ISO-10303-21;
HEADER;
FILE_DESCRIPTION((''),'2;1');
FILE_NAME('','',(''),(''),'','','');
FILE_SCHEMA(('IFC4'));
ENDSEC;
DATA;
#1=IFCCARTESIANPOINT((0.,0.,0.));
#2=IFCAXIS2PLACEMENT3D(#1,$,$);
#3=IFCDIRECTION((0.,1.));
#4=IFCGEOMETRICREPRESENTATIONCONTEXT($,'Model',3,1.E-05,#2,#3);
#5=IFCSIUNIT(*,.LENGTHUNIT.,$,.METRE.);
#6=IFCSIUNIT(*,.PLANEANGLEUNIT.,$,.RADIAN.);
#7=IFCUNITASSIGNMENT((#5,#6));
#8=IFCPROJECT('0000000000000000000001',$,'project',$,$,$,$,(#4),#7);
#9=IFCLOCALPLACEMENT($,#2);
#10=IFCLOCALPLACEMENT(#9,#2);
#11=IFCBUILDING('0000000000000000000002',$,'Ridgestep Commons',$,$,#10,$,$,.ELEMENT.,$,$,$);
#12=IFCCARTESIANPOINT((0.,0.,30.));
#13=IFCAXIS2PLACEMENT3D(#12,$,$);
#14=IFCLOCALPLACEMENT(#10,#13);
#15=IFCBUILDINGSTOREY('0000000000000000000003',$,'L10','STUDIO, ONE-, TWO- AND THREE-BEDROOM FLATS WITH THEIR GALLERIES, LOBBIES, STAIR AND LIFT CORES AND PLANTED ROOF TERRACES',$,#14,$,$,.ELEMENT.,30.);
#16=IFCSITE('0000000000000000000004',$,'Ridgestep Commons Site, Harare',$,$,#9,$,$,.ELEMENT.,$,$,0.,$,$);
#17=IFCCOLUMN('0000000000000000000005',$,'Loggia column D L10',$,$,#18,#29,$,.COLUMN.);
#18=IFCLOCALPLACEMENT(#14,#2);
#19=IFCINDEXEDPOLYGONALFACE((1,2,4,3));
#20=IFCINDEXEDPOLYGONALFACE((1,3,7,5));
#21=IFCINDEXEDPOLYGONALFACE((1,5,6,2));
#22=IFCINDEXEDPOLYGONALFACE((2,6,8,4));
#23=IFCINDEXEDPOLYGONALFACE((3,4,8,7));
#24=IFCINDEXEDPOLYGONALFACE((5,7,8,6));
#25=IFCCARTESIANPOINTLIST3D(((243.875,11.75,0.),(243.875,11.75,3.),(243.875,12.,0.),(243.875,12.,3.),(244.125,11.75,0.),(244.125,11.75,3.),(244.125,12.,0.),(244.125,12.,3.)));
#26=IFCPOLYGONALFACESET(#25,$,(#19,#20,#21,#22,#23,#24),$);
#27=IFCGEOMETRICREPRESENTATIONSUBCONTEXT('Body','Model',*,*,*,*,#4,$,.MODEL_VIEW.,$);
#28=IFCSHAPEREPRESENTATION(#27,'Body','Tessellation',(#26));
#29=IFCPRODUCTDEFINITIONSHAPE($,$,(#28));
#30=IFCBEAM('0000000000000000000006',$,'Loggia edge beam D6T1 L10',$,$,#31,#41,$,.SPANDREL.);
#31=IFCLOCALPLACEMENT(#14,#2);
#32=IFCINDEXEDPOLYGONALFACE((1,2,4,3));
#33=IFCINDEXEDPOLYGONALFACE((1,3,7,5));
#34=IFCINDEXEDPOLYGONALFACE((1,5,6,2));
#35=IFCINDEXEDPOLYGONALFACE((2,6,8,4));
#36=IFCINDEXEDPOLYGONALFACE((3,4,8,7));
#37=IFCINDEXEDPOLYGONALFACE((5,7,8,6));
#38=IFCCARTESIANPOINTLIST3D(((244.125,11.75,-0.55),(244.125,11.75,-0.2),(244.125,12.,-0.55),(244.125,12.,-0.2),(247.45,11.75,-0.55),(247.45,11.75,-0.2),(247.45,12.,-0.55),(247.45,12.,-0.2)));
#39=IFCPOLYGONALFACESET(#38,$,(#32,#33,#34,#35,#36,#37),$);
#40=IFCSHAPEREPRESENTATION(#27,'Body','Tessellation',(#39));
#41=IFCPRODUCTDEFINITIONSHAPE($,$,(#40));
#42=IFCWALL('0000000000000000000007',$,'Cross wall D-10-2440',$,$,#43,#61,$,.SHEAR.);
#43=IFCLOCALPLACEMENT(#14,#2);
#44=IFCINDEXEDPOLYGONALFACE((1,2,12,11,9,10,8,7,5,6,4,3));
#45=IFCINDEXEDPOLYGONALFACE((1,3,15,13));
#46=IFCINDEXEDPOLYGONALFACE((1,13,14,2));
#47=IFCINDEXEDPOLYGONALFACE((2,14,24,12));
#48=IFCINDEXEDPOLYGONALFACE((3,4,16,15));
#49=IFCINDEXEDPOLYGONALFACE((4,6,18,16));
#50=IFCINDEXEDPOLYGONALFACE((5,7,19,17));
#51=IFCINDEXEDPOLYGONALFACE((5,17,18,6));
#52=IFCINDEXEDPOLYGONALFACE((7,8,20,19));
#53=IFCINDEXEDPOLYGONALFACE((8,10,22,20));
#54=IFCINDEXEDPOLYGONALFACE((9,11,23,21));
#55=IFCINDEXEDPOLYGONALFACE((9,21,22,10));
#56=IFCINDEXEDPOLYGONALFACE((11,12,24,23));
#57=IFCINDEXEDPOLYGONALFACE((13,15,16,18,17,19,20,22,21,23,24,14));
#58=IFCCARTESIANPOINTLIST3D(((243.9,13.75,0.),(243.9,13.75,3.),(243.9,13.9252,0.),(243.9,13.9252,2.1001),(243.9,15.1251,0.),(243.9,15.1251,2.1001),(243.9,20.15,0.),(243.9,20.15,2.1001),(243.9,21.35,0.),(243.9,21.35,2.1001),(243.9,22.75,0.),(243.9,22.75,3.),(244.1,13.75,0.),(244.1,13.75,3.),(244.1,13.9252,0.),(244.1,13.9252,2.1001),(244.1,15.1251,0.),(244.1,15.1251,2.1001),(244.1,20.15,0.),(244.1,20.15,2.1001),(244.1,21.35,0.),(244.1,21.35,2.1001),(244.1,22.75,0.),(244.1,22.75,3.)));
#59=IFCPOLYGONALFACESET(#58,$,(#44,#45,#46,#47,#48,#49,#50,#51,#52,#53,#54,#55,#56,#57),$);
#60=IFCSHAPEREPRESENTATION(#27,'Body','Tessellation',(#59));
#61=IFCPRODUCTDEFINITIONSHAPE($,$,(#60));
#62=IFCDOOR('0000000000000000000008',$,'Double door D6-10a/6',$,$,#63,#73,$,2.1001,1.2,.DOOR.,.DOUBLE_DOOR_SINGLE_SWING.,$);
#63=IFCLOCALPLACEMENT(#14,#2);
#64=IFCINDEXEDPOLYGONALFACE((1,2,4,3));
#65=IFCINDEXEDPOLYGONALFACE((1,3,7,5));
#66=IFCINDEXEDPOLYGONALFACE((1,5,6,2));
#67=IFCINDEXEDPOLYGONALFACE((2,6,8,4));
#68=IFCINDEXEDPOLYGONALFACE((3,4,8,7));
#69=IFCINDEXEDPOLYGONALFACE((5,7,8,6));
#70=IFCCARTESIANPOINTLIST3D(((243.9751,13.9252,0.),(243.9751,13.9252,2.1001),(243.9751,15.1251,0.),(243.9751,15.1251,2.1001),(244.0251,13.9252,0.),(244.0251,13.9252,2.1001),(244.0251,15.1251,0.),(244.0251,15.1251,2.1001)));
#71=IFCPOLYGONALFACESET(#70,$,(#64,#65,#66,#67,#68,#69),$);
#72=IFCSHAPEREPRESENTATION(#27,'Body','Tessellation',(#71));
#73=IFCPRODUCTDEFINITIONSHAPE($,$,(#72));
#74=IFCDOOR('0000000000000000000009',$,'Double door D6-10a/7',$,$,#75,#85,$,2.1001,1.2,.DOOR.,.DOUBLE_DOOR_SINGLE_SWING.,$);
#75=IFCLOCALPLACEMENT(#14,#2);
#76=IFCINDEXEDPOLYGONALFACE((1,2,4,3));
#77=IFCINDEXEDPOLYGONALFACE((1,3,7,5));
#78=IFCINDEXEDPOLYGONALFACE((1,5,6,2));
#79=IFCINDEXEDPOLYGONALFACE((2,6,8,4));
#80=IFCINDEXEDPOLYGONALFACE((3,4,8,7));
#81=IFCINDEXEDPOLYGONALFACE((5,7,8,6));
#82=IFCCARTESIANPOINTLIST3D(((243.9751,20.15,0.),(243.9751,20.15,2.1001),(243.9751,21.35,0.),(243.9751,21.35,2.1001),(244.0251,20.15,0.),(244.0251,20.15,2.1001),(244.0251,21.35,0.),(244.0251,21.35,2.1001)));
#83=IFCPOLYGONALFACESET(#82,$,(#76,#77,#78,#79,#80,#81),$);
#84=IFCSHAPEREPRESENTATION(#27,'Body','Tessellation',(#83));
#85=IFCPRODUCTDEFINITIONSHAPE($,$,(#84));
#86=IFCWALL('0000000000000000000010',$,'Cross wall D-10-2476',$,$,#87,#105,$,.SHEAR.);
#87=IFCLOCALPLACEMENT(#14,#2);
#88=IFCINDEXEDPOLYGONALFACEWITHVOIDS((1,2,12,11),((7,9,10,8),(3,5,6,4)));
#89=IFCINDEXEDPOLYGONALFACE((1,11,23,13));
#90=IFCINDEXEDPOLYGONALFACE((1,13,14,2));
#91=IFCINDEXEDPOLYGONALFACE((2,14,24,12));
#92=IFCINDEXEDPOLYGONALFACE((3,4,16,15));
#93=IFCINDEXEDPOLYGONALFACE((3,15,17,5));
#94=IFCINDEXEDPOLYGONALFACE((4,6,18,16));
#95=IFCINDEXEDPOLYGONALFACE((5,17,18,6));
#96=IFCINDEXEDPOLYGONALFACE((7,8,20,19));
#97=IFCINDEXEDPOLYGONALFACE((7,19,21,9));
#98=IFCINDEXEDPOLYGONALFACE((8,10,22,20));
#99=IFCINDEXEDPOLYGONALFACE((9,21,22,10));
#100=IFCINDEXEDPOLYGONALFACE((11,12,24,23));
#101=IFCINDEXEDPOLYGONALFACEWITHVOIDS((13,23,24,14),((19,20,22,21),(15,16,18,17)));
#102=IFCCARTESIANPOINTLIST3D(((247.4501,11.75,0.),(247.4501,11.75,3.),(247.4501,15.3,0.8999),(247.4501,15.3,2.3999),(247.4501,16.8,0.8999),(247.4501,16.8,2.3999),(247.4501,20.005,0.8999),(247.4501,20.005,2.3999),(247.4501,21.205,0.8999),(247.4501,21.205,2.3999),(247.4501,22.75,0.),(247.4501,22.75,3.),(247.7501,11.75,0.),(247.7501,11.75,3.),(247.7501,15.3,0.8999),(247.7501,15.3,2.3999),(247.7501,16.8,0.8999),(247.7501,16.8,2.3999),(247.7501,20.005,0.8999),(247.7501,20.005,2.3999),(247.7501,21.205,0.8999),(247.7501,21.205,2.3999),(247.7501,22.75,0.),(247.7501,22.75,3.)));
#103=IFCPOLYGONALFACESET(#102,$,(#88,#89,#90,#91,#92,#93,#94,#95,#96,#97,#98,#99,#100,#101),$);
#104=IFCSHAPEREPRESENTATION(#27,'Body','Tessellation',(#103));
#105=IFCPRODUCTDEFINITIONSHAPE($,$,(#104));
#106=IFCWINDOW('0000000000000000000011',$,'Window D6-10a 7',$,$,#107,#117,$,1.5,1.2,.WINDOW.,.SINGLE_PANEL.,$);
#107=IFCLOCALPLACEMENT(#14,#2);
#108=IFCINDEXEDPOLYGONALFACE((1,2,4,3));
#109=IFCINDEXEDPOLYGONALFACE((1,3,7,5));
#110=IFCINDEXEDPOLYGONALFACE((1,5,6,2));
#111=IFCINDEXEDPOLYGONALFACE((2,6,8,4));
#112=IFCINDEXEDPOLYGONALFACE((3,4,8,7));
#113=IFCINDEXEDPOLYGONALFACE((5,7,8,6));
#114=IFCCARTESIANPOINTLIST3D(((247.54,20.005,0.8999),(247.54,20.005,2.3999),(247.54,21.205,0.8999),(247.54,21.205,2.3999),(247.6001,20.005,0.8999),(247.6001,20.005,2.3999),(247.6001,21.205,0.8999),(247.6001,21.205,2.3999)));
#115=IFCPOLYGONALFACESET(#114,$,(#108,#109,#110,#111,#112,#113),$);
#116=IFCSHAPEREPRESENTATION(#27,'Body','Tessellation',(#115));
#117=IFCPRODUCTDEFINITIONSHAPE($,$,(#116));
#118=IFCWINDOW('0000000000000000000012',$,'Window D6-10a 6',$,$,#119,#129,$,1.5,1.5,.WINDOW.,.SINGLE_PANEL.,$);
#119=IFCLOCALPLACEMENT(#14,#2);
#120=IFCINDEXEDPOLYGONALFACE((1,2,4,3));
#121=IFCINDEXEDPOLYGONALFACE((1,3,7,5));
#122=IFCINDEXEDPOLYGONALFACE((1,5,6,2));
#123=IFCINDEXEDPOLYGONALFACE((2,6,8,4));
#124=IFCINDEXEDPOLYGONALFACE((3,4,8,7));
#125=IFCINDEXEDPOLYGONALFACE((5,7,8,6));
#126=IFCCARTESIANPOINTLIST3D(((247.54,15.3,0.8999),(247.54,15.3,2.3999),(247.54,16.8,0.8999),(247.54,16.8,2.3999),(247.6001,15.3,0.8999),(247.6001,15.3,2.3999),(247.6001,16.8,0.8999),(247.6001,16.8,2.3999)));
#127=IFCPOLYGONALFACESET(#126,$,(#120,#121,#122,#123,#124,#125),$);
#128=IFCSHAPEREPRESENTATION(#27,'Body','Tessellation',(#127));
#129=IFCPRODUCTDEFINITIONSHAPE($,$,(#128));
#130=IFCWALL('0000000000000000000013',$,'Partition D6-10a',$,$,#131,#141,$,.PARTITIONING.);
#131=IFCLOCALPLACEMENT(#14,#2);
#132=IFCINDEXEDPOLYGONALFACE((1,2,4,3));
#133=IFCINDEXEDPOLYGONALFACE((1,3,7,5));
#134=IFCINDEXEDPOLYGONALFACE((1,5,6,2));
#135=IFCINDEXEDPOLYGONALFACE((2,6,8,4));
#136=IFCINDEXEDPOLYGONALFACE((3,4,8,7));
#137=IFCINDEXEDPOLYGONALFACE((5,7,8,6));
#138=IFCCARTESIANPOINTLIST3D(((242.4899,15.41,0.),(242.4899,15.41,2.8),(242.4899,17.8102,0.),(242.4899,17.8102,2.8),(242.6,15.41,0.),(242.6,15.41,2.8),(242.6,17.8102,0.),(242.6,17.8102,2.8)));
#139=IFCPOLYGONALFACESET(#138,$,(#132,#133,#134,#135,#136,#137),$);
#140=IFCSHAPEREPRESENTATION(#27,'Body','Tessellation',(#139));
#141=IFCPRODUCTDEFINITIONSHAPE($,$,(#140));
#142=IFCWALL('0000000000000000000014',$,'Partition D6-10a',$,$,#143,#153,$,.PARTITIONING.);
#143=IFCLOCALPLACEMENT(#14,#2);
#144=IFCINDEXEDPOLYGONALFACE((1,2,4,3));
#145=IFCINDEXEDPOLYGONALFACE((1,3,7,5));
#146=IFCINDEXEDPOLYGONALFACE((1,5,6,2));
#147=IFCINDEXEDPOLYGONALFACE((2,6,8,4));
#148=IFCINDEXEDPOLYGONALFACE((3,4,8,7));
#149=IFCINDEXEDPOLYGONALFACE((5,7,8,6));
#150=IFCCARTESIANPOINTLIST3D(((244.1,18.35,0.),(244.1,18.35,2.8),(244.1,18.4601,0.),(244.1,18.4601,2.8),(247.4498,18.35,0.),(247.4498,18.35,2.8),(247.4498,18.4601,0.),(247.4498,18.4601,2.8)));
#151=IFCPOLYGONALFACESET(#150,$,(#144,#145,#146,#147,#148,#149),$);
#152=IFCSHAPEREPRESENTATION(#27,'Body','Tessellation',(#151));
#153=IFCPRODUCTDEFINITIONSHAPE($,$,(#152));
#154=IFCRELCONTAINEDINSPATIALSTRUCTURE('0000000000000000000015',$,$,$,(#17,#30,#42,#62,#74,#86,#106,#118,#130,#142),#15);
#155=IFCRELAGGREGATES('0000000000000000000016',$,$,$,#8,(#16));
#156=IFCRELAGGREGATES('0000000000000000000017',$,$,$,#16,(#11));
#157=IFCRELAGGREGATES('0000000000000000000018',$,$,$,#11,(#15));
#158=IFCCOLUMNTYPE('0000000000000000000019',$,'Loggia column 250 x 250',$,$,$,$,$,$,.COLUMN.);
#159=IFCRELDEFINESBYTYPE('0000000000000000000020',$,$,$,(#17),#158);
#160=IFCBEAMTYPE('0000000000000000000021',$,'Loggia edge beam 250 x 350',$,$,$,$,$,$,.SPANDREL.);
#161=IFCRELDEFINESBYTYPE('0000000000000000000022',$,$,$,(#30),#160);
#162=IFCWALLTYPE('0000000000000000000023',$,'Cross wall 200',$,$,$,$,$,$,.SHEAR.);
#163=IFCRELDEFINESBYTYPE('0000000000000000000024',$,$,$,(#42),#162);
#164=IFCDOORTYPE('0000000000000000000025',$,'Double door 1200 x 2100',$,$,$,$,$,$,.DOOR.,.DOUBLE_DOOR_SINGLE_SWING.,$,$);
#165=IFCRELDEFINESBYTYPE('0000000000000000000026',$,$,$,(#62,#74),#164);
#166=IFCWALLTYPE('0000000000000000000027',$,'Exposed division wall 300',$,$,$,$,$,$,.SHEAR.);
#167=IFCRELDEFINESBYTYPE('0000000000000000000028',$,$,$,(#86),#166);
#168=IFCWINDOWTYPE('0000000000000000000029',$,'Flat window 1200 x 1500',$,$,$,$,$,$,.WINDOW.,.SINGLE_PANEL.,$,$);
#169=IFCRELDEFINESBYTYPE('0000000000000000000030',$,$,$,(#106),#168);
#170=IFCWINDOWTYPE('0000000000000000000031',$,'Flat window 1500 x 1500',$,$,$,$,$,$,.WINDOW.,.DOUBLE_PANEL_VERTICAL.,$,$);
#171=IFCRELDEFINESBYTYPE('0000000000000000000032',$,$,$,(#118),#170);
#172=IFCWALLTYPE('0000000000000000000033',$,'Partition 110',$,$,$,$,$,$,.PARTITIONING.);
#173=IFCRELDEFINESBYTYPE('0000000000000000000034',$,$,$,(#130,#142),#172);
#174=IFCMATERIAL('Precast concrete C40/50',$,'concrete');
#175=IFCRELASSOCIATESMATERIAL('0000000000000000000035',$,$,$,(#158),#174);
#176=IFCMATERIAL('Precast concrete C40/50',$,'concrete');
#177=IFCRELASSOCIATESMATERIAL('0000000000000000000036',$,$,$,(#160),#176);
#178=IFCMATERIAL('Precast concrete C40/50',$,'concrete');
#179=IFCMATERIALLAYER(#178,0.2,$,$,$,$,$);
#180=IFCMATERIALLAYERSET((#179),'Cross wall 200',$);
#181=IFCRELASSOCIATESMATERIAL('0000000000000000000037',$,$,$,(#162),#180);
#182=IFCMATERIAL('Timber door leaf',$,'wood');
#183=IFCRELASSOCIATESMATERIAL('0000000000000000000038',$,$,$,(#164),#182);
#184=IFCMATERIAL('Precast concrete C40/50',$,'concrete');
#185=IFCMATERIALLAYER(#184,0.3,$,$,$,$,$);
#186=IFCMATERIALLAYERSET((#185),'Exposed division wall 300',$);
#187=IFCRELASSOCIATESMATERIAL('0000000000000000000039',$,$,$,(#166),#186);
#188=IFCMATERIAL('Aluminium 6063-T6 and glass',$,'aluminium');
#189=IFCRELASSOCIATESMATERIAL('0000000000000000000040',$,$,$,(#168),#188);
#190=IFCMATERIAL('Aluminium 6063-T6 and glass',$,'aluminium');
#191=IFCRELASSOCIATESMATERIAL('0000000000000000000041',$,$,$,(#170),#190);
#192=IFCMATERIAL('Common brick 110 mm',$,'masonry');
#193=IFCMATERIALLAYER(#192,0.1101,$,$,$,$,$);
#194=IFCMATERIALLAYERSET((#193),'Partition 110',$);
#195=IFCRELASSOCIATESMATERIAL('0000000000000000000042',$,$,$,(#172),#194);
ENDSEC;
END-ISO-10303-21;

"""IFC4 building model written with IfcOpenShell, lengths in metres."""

from ifc_helpers import new_model, si_unit, direction, frame, frame_2d, origin, origin_2d, place, context, subcontext, project, spatial, rectangle, extrude, material, layer, layer_set, material_profile, profile_set, type_object, element, fill, save


model = new_model("IFC4")

# Units and contexts
model_context = context("Model", 3, precision=1e-05, world=origin(), true_north=direction((0.0, 1.0)))
body_context = subcontext(model_context, "Body", "Model", "MODEL_VIEW")
ifc_project = project(units=[si_unit("LENGTHUNIT", "METRE"), si_unit("PLANEANGLEUNIT", "RADIAN")], contexts=[model_context])

# Site, building, storey
site_placement = place(None, origin())
site = spatial("IfcSite", under=ifc_project, at=site_placement, Name="Ridgestep Commons Site, Harare", CompositionType="ELEMENT", RefElevation=0.0)
building_placement = place(site_placement, origin())
building = spatial("IfcBuilding", under=site, at=building_placement, Name="Ridgestep Commons", CompositionType="ELEMENT")
storey_placement = place(building_placement, frame((0.0, 0.0, 30.0)))
storey = spatial("IfcBuildingStorey", under=building, at=storey_placement, Name="L10", Description="STUDIO, ONE-, TWO- AND THREE-BEDROOM FLATS WITH THEIR GALLERIES, LOBBIES, STAIR AND LIFT CORES AND PLANTED ROOF TERRACES", CompositionType="ELEMENT", Elevation=30.0)

# Column
ifc_material_1 = material(Name="Precast concrete C40/50", Category="concrete")
ifc_material_profile_1 = material_profile(ifc_material_1, rectangle(XDim=0.25, YDim=0.25, at=origin_2d()), Name="PC 250x250")
ifc_profile_set_1 = profile_set([ifc_material_profile_1], Name="Precast concrete C40/50")
column_type = type_object("IfcColumnType", Name="Loggia column 250 x 250", PredefinedType="COLUMN", material=ifc_profile_set_1)
column_placement = place(storey_placement, frame((244.0, 11.875, 0.0), z_axis=(0.0, 0.0, 1.0), x_axis=(1.0, 0.0, 0.0)))
element("IfcColumn", 1, at=column_placement, inside=storey, type_object=column_type, Name="Loggia column D L10", PredefinedType="COLUMN", context=body_context, shape_type="SweptSolid", body=[
    extrude(rectangle(XDim=0.25, YDim=0.25, at=origin_2d()), origin(), (0.0, 0.0, 1.0), 3.0),
])

# Beam
ifc_material_2 = material(Name="Precast concrete C40/50", Category="concrete")
ifc_material_profile_2 = material_profile(ifc_material_2, rectangle(XDim=0.25, YDim=0.3501, at=origin_2d()), Name="PC 250x350")
ifc_profile_set_2 = profile_set([ifc_material_profile_2], Name="Precast concrete C40/50")
beam_type = type_object("IfcBeamType", Name="Loggia edge beam 250 x 350", PredefinedType="SPANDREL", material=ifc_profile_set_2)
beam_placement = place(storey_placement, frame((244.125, 11.875, -0.375), z_axis=(1.0, 0.0, 0.0), x_axis=(0.0, 1.0, 0.0)))
element("IfcBeam", 2, at=beam_placement, inside=storey, type_object=beam_type, Name="Loggia edge beam D6T1 L10", PredefinedType="SPANDREL", context=body_context, shape_type="SweptSolid", body=[
    extrude(rectangle(XDim=0.25, YDim=0.3501, at=origin_2d()), origin(), (0.0, 0.0, 1.0), 3.325),
])

# Wall, openings, doors
ifc_material_3 = material(Name="Precast concrete C40/50", Category="concrete")
ifc_layer_1 = layer(ifc_material_3, 0.2)
ifc_layer_set_1 = layer_set([ifc_layer_1], Name="Cross wall 200")
wall_type_1 = type_object("IfcWallType", Name="Cross wall 200", PredefinedType="SHEAR", material=ifc_layer_set_1)
wall_1_placement = place(storey_placement, frame((244.0, 13.75, 0.0), z_axis=(0.0, 0.0, 1.0), x_axis=(0.0, 1.0, 0.0)))
wall_1 = element("IfcWall", 3, at=wall_1_placement, inside=storey, type_object=wall_type_1, Name="Cross wall D-10-2440", PredefinedType="SHEAR", context=body_context, shape_type="SweptSolid", body=[
    extrude(rectangle(XDim=9.0, YDim=0.2, at=frame_2d((4.5, 0.0))), origin(), (0.0, 0.0, 1.0), 3.0),
])
opening_1_placement = place(wall_1_placement, frame((0.175, 0.0, 0.0)))
opening_1 = element("IfcOpeningElement", 4, at=opening_1_placement, cuts=wall_1, PredefinedType="OPENING", context=body_context, shape_type="SweptSolid", body=[
    extrude(rectangle(XDim=1.2, YDim=2.1001, at=frame_2d((0.6001, 1.05))), frame((0.0, 0.1099, 0.0), z_axis=(0.0, -1.0, 0.0), x_axis=(1.0, 0.0, 0.0)), (0.0, 0.0, 1.0), 0.22),
])
opening_2_placement = place(wall_1_placement, frame((6.3999, 0.0, 0.0)))
opening_2 = element("IfcOpeningElement", 5, at=opening_2_placement, cuts=wall_1, PredefinedType="OPENING", context=body_context, shape_type="SweptSolid", body=[
    extrude(rectangle(XDim=1.2, YDim=2.1001, at=frame_2d((0.6001, 1.05))), frame((0.0, 0.1099, 0.0), z_axis=(0.0, -1.0, 0.0), x_axis=(1.0, 0.0, 0.0)), (0.0, 0.0, 1.0), 0.22),
])
ifc_material_4 = material(Name="Timber door leaf", Category="wood")
door_type = type_object("IfcDoorType", Name="Double door 1200 x 2100", OperationType="DOUBLE_DOOR_SINGLE_SWING", PredefinedType="DOOR", material=ifc_material_4)
door_1_placement = place(opening_1_placement, origin())
door_1 = element("IfcDoor", 6, at=door_1_placement, inside=storey, type_object=door_type, Name="Double door D6-10a/6", OperationType="DOUBLE_DOOR_SINGLE_SWING", OverallHeight=2.1001, OverallWidth=1.2, PredefinedType="DOOR", context=body_context, shape_type="SweptSolid", body=[
    extrude(rectangle(XDim=1.2, YDim=2.1001, at=frame_2d((0.6001, 1.05))), frame((0.0, 0.0249, 0.0), z_axis=(0.0, -1.0, 0.0), x_axis=(1.0, 0.0, 0.0)), (0.0, 0.0, 1.0), 0.05),
])
fill(opening_1, door_1)
door_2_placement = place(opening_2_placement, origin())
door_2 = element("IfcDoor", 7, at=door_2_placement, inside=storey, type_object=door_type, Name="Double door D6-10a/7", OperationType="DOUBLE_DOOR_SINGLE_SWING", OverallHeight=2.1001, OverallWidth=1.2, PredefinedType="DOOR", context=body_context, shape_type="SweptSolid", body=[
    extrude(rectangle(XDim=1.2, YDim=2.1001, at=frame_2d((0.6001, 1.05))), frame((0.0, 0.0249, 0.0), z_axis=(0.0, -1.0, 0.0), x_axis=(1.0, 0.0, 0.0)), (0.0, 0.0, 1.0), 0.05),
])
fill(opening_2, door_2)

# Wall, openings, windows
ifc_material_5 = material(Name="Precast concrete C40/50", Category="concrete")
ifc_layer_2 = layer(ifc_material_5, 0.3)
ifc_layer_set_2 = layer_set([ifc_layer_2], Name="Exposed division wall 300")
wall_type_2 = type_object("IfcWallType", Name="Exposed division wall 300", PredefinedType="SHEAR", material=ifc_layer_set_2)
wall_2_placement = place(storey_placement, frame((247.6001, 11.75, 0.0), z_axis=(0.0, 0.0, 1.0), x_axis=(0.0, 1.0, 0.0)))
wall_2 = element("IfcWall", 8, at=wall_2_placement, inside=storey, type_object=wall_type_2, Name="Cross wall D-10-2476", PredefinedType="SHEAR", context=body_context, shape_type="SweptSolid", body=[
    extrude(rectangle(XDim=11.0, YDim=0.3, at=frame_2d((5.5, 0.0))), origin(), (0.0, 0.0, 1.0), 3.0),
])
opening_3_placement = place(wall_2_placement, frame((3.55, 0.0, 0.8999)))
opening_3 = element("IfcOpeningElement", 9, at=opening_3_placement, cuts=wall_2, PredefinedType="OPENING", context=body_context, shape_type="SweptSolid", body=[
    extrude(rectangle(XDim=1.5, YDim=1.5, at=frame_2d((0.75, 0.75))), frame((0.0, 0.1599, 0.0), z_axis=(0.0, -1.0, 0.0), x_axis=(1.0, 0.0, 0.0)), (0.0, 0.0, 1.0), 0.3201),
])
opening_4_placement = place(wall_2_placement, frame((8.2549, 0.0, 0.8999)))
opening_4 = element("IfcOpeningElement", 10, at=opening_4_placement, cuts=wall_2, PredefinedType="OPENING", context=body_context, shape_type="SweptSolid", body=[
    extrude(rectangle(XDim=1.2, YDim=1.5, at=frame_2d((0.6001, 0.75))), frame((0.0, 0.1599, 0.0), z_axis=(0.0, -1.0, 0.0), x_axis=(1.0, 0.0, 0.0)), (0.0, 0.0, 1.0), 0.3201),
])
ifc_material_6 = material(Name="Aluminium 6063-T6 and glass", Category="aluminium")
window_type_1 = type_object("IfcWindowType", Name="Flat window 1200 x 1500", PartitioningType="SINGLE_PANEL", PredefinedType="WINDOW", material=ifc_material_6)
window_1_placement = place(opening_4_placement, origin())
window_1 = element("IfcWindow", 11, at=window_1_placement, inside=storey, type_object=window_type_1, Name="Window D6-10a 7", OverallHeight=1.5, OverallWidth=1.2, PartitioningType="SINGLE_PANEL", PredefinedType="WINDOW", context=body_context, shape_type="SweptSolid", body=[
    extrude(rectangle(XDim=1.2, YDim=1.5, at=frame_2d((0.6001, 0.75))), frame((0.0, 0.0601, 0.0), z_axis=(0.0, -1.0, 0.0), x_axis=(1.0, 0.0, 0.0)), (0.0, 0.0, 1.0), 0.0601),
])
fill(opening_4, window_1)
ifc_material_7 = material(Name="Aluminium 6063-T6 and glass", Category="aluminium")
window_type_2 = type_object("IfcWindowType", Name="Flat window 1500 x 1500", PartitioningType="DOUBLE_PANEL_VERTICAL", PredefinedType="WINDOW", material=ifc_material_7)
window_2_placement = place(opening_3_placement, origin())
window_2 = element("IfcWindow", 12, at=window_2_placement, inside=storey, type_object=window_type_2, Name="Window D6-10a 6", OverallHeight=1.5, OverallWidth=1.5, PartitioningType="SINGLE_PANEL", PredefinedType="WINDOW", context=body_context, shape_type="SweptSolid", body=[
    extrude(rectangle(XDim=1.5, YDim=1.5, at=frame_2d((0.75, 0.75))), frame((0.0, 0.0601, 0.0), z_axis=(0.0, -1.0, 0.0), x_axis=(1.0, 0.0, 0.0)), (0.0, 0.0, 1.0), 0.0601),
])
fill(opening_3, window_2)

# Walls
ifc_material_8 = material(Name="Common brick 110 mm", Category="masonry")
ifc_layer_3 = layer(ifc_material_8, 0.1101)
ifc_layer_set_3 = layer_set([ifc_layer_3], Name="Partition 110")
wall_type_3 = type_object("IfcWallType", Name="Partition 110", PredefinedType="PARTITIONING", material=ifc_layer_set_3)
wall_3_placement = place(storey_placement, frame((242.5449, 15.4099, 0.0), z_axis=(0.0, 0.0, 1.0), x_axis=(0.0, 1.0, 0.0)))
element("IfcWall", 13, at=wall_3_placement, inside=storey, type_object=wall_type_3, Name="Partition D6-10a", PredefinedType="PARTITIONING", context=body_context, shape_type="SweptSolid", body=[
    extrude(rectangle(XDim=2.4001, YDim=0.1101, at=frame_2d((1.2002, 0.0))), origin(), (0.0, 0.0, 1.0), 2.8),
])
wall_4_placement = place(storey_placement, frame((244.1001, 18.405, 0.0), z_axis=(0.0, 0.0, 1.0), x_axis=(1.0, 0.0, 0.0)))
element("IfcWall", 14, at=wall_4_placement, inside=storey, type_object=wall_type_3, Name="Partition D6-10a", PredefinedType="PARTITIONING", context=body_context, shape_type="SweptSolid", body=[
    extrude(rectangle(XDim=3.3499, YDim=0.1101, at=frame_2d((1.6748, 0.0))), origin(), (0.0, 0.0, 1.0), 2.8),
])

save(model, "model.ifc")
